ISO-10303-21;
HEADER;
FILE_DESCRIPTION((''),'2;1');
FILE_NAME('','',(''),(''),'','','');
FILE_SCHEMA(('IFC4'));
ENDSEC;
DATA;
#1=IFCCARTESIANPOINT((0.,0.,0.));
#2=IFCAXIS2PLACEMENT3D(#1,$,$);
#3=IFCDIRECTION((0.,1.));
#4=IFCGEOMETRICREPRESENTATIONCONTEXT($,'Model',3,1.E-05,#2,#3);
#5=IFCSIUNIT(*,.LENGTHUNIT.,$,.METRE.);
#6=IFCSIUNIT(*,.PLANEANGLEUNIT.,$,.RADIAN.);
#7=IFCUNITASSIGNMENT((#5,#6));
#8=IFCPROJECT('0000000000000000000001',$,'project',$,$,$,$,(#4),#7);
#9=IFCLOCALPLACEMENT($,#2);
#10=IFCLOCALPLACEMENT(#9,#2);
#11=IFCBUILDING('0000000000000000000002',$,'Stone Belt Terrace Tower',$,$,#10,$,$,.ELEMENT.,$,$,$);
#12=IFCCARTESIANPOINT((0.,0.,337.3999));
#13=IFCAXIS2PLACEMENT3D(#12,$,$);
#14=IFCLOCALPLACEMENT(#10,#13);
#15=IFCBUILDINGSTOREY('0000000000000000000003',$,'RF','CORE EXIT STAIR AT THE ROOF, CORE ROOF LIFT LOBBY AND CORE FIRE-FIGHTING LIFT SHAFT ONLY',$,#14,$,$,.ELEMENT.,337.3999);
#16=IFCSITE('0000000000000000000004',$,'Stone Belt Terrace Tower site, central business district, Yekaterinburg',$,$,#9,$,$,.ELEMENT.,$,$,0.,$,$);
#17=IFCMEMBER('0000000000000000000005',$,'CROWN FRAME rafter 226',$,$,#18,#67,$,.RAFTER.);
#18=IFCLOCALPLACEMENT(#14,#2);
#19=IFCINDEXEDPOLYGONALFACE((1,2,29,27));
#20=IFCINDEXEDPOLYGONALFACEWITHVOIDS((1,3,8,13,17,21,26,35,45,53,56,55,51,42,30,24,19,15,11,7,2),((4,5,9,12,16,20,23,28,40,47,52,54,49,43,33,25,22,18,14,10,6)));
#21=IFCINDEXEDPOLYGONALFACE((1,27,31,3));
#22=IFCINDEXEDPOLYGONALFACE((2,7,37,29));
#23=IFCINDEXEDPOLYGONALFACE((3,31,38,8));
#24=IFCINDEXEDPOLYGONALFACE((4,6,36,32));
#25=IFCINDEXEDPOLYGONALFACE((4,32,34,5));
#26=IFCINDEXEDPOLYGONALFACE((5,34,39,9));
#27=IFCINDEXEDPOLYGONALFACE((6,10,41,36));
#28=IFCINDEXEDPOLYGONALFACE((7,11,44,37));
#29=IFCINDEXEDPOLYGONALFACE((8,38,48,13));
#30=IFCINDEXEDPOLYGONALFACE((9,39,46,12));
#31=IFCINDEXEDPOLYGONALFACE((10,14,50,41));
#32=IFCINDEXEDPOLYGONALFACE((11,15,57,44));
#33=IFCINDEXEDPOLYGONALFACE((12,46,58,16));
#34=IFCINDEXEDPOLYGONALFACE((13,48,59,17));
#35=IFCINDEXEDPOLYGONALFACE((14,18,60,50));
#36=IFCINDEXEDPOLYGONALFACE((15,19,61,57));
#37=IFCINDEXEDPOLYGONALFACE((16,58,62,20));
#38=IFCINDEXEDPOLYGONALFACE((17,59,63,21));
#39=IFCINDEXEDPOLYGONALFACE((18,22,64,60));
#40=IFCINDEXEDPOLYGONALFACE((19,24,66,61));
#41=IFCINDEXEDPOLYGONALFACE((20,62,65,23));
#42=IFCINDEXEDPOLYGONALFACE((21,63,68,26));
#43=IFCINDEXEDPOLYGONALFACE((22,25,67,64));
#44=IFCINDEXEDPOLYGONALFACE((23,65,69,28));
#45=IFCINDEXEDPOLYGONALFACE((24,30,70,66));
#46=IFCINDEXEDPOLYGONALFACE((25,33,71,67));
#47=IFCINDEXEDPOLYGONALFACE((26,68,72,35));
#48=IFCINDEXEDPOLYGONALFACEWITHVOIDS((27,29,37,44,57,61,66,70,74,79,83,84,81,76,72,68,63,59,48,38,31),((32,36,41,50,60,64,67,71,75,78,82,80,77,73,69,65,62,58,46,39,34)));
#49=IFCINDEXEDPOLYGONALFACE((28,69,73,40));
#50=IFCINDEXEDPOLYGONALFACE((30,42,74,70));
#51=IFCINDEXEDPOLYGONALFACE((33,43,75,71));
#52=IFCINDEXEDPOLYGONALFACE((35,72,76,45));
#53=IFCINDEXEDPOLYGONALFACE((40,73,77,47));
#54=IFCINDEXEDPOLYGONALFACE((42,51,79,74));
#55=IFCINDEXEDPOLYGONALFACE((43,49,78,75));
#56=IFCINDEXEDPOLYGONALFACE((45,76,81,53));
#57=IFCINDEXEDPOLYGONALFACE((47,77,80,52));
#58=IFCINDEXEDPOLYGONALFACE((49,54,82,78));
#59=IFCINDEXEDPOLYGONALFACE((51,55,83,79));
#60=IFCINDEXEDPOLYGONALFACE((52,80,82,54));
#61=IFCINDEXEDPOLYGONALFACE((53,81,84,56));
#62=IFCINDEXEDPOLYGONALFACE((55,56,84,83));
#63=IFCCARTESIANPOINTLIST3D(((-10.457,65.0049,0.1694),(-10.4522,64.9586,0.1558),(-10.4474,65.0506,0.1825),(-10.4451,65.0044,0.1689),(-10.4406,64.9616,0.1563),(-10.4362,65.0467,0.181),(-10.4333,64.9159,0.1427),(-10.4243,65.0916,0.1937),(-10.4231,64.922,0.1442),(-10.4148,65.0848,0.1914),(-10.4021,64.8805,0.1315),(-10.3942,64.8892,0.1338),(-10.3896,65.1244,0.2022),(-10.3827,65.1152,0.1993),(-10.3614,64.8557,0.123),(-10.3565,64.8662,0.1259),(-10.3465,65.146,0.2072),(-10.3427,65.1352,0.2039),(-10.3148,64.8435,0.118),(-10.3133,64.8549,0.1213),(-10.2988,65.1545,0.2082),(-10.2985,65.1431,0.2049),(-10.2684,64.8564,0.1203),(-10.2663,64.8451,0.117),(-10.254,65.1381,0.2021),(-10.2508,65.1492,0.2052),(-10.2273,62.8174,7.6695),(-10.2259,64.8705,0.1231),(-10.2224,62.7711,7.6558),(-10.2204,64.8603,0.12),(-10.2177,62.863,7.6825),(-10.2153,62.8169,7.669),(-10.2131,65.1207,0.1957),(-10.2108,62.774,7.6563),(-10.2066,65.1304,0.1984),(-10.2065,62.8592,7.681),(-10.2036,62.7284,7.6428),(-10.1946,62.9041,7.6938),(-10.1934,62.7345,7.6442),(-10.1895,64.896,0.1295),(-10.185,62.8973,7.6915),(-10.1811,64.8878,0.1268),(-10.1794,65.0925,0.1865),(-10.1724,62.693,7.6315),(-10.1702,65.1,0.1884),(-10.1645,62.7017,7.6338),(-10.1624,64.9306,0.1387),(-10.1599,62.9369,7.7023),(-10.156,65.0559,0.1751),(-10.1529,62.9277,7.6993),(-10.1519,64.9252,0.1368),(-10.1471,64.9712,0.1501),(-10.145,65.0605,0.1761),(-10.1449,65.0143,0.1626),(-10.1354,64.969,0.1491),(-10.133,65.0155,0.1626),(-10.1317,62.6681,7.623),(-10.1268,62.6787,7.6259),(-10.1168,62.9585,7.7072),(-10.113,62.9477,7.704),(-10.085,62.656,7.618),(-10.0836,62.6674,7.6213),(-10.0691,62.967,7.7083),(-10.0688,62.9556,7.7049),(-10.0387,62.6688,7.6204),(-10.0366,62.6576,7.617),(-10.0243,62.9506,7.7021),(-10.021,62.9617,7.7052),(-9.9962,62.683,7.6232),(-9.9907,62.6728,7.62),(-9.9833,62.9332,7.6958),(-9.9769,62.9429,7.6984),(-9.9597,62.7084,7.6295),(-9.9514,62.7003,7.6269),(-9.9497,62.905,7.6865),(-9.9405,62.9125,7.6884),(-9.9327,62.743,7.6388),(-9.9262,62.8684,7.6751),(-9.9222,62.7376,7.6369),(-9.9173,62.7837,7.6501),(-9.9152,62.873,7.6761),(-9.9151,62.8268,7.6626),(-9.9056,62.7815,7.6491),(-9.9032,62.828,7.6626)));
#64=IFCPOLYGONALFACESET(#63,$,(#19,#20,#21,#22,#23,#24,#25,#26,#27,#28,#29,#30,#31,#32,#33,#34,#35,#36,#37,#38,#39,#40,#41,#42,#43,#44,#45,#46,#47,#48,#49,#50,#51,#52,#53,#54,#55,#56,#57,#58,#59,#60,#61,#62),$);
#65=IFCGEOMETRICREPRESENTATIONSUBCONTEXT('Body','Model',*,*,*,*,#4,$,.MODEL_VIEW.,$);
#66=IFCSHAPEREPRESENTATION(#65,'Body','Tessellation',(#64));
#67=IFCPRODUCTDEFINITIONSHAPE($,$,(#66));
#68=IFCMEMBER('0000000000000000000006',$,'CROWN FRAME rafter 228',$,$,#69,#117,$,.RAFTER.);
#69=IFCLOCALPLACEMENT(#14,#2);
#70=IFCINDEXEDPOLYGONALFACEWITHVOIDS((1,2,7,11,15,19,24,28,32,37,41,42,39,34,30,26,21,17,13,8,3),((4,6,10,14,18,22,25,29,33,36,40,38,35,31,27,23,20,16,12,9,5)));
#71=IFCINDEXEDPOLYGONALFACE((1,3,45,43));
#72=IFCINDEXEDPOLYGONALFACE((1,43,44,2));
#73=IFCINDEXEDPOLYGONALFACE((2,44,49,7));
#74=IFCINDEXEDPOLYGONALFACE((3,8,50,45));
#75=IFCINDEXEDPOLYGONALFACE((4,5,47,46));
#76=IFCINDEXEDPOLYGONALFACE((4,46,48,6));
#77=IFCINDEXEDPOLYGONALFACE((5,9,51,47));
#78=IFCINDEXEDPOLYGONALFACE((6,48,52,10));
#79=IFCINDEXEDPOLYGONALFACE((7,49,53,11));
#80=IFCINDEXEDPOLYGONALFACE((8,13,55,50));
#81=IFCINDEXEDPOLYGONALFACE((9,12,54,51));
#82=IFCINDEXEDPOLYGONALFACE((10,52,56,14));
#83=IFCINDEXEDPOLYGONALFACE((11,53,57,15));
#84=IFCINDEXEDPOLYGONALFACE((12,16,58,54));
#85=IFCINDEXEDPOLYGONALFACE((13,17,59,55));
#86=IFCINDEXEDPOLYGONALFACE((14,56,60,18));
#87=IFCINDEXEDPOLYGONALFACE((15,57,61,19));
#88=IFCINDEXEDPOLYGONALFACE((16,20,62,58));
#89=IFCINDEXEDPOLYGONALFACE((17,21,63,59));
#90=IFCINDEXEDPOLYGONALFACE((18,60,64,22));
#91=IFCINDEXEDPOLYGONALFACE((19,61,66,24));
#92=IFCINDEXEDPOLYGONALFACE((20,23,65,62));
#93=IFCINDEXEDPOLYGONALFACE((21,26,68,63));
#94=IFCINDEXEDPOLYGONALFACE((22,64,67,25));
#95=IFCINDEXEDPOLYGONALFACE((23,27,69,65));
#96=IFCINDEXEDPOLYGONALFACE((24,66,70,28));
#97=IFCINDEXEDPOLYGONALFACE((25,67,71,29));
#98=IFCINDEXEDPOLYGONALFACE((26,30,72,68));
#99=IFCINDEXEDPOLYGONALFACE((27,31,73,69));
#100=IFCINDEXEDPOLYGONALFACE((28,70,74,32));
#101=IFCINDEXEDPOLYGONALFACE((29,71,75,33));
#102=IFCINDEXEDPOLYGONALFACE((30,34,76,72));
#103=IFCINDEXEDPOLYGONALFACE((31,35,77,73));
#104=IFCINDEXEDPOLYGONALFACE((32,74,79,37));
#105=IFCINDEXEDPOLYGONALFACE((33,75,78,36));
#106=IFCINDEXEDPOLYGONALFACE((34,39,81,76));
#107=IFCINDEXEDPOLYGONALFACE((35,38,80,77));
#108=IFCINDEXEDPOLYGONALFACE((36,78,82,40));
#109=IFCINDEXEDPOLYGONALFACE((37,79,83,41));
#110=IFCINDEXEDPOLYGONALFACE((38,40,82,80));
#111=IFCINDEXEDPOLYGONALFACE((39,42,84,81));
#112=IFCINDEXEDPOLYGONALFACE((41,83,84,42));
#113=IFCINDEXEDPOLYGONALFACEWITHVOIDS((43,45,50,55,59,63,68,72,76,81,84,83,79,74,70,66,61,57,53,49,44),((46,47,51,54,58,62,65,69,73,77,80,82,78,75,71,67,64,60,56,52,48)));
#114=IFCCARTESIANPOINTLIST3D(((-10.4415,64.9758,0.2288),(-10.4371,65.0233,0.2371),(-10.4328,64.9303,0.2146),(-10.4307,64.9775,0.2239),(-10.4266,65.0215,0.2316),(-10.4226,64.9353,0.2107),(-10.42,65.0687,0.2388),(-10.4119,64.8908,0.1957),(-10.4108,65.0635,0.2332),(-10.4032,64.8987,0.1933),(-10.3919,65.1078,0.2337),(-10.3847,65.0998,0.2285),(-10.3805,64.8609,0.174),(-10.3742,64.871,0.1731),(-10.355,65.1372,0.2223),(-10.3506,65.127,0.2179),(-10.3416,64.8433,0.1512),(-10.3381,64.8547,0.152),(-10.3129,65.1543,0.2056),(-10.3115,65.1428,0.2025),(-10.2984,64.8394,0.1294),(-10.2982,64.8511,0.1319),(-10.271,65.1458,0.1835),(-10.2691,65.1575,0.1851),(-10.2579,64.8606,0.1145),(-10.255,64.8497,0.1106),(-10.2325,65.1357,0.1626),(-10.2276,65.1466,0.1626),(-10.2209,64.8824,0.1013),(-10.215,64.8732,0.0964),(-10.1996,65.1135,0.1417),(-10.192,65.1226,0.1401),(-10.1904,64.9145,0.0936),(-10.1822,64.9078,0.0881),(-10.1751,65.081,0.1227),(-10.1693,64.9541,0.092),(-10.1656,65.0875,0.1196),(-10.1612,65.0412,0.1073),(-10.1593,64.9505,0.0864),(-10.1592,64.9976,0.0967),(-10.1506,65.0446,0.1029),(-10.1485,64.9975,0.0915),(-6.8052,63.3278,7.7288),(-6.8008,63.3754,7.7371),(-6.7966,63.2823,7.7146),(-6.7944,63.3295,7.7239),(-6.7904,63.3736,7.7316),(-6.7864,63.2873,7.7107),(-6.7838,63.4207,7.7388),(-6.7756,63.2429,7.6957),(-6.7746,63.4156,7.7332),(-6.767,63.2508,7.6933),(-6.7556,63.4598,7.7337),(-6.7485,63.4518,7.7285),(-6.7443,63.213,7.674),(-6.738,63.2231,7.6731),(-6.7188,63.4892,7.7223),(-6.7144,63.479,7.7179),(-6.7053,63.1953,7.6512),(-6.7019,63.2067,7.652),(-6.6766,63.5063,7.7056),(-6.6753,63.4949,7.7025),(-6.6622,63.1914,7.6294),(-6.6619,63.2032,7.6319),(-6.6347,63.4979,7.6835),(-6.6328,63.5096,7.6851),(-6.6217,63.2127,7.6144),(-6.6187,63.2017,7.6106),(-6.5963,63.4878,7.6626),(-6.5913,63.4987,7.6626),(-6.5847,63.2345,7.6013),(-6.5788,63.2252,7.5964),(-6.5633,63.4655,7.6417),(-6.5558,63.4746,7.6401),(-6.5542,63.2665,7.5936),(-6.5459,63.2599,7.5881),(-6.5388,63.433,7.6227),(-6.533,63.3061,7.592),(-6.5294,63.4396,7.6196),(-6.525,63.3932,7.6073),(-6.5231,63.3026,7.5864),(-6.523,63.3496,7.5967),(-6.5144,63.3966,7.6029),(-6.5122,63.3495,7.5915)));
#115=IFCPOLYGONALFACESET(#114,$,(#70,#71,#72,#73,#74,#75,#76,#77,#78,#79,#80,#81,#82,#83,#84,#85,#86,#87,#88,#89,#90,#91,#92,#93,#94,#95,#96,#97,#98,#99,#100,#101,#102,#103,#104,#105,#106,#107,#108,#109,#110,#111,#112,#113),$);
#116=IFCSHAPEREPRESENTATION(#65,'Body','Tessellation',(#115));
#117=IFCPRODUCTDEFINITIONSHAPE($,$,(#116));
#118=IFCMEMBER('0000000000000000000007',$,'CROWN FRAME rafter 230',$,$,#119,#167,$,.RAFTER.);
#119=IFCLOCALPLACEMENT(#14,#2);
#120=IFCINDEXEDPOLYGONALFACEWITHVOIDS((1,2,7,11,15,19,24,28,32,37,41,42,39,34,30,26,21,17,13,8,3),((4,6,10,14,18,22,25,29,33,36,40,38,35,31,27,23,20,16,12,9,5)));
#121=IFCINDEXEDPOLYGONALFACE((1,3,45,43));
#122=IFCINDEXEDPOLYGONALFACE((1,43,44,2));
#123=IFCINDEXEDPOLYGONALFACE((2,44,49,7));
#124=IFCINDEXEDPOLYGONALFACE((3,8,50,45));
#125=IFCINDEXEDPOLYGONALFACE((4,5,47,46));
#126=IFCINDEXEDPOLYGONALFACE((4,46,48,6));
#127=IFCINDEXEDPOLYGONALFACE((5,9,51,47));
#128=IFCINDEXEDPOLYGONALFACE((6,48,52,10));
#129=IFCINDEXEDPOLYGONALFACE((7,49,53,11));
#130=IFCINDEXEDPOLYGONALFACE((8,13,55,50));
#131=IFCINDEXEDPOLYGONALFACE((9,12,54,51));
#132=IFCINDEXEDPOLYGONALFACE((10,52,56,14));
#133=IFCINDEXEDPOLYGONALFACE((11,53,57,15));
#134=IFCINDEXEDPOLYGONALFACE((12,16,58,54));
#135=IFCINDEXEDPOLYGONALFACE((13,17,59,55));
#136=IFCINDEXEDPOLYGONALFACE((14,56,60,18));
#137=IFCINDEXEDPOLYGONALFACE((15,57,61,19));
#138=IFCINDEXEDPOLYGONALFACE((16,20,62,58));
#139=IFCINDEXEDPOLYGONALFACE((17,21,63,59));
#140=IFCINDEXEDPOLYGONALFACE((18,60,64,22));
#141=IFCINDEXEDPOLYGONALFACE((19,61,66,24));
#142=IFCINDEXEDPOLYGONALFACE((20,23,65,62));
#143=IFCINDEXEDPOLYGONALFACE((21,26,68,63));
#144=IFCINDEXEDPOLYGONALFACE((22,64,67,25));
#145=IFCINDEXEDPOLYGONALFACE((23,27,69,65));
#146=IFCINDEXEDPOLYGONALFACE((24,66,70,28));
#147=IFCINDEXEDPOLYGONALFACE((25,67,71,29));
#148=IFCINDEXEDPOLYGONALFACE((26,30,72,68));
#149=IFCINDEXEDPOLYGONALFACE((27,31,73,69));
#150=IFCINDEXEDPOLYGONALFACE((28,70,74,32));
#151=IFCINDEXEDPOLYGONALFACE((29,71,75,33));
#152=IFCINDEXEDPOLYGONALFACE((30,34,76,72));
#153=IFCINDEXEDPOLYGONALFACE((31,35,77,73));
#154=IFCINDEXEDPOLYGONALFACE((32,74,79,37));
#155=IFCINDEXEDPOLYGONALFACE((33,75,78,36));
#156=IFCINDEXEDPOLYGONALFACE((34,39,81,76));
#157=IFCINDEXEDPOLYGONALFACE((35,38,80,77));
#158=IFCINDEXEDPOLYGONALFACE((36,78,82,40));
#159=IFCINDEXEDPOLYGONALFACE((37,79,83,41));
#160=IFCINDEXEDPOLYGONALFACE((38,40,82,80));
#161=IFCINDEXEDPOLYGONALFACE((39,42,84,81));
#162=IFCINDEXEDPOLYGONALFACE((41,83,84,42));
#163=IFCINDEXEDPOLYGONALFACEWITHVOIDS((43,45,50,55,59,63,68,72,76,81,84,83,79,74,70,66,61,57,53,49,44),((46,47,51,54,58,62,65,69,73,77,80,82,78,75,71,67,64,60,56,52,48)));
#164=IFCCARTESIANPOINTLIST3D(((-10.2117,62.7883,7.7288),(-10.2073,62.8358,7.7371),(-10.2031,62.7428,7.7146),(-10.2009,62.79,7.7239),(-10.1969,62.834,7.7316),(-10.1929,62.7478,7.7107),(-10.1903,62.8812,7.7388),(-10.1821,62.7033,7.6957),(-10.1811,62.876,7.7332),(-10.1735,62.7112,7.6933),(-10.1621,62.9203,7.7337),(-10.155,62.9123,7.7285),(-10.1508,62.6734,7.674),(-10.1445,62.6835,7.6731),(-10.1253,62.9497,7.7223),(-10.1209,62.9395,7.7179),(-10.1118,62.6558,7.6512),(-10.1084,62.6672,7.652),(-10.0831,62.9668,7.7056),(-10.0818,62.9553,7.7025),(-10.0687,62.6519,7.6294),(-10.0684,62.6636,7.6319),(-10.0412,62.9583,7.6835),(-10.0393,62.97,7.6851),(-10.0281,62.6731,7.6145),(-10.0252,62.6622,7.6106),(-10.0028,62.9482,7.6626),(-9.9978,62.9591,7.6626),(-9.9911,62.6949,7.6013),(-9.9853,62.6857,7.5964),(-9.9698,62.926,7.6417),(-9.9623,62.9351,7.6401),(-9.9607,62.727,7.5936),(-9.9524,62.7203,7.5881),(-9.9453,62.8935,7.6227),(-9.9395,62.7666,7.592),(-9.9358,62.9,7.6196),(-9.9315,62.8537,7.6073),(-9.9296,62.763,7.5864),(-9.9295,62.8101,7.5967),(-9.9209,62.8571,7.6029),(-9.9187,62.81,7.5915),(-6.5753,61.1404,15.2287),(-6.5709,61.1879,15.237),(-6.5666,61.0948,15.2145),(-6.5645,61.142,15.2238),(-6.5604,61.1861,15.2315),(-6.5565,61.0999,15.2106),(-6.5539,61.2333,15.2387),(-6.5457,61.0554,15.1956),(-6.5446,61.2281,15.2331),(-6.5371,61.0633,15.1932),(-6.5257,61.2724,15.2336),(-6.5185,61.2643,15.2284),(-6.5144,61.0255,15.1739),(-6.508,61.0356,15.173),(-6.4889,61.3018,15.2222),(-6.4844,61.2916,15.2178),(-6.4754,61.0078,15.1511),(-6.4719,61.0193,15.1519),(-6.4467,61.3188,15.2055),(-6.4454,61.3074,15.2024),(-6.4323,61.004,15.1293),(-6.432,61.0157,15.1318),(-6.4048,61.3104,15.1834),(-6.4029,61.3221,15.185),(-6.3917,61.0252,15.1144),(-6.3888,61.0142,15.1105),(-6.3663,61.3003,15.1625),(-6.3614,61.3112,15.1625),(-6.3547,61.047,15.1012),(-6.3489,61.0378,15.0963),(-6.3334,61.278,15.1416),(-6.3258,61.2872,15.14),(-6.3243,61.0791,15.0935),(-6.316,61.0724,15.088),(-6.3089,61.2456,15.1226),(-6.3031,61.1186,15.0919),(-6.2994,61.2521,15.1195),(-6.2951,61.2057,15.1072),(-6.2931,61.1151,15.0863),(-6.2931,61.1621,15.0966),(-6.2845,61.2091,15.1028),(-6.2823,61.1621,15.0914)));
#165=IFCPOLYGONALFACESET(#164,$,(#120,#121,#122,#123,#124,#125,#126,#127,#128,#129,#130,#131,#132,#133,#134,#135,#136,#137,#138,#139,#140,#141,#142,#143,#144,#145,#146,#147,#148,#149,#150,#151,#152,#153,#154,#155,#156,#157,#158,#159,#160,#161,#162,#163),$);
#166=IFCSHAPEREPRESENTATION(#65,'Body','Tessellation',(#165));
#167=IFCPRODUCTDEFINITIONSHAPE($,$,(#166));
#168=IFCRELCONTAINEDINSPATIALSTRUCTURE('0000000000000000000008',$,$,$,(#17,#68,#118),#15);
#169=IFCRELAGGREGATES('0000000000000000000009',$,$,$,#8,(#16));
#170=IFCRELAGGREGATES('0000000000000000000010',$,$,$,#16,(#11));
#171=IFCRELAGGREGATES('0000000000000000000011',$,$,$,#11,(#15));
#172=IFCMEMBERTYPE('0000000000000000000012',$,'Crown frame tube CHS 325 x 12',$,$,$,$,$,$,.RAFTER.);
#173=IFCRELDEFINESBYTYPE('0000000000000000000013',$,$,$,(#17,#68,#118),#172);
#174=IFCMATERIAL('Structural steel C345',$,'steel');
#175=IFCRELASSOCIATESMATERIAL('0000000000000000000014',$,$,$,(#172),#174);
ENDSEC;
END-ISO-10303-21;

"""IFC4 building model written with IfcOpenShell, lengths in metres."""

from ifc_helpers import new_model, si_unit, direction, frame, origin, origin_2d, place, context, subcontext, project, spatial, hollow_circle, extrude, material, material_profile, profile_set, type_object, element, save


model = new_model("IFC4")

# Units and contexts
model_context = context("Model", 3, precision=1e-05, world=origin(), true_north=direction((0.0, 1.0)))
body_context = subcontext(model_context, "Body", "Model", "MODEL_VIEW")
ifc_project = project(units=[si_unit("LENGTHUNIT", "METRE"), si_unit("PLANEANGLEUNIT", "RADIAN")], contexts=[model_context])

# Site, building, storey
site_placement = place(None, origin())
site = spatial("IfcSite", under=ifc_project, at=site_placement, Name="Stone Belt Terrace Tower site, central business district, Yekaterinburg", CompositionType="ELEMENT", RefElevation=0.0)
building_placement = place(site_placement, origin())
building = spatial("IfcBuilding", under=site, at=building_placement, Name="Stone Belt Terrace Tower", CompositionType="ELEMENT")
storey_placement = place(building_placement, frame((0.0, 0.0, 337.3999)))
storey = spatial("IfcBuildingStorey", under=building, at=storey_placement, Name="RF", Description="CORE EXIT STAIR AT THE ROOF, CORE ROOF LIFT LOBBY AND CORE FIRE-FIGHTING LIFT SHAFT ONLY", CompositionType="ELEMENT", Elevation=337.3999)

# Members
ifc_material_1 = material(Name="Structural steel C345", Category="steel")
ifc_material_profile_1 = material_profile(ifc_material_1, hollow_circle(Radius=0.1626, WallThickness=0.012, at=origin_2d()), Name="Structural steel C345 CHS 325x12")
ifc_profile_set_1 = profile_set([ifc_material_profile_1], Name="Structural steel C345")
member_type_1 = type_object("IfcMemberType", Name="Crown frame tube CHS 325 x 12", PredefinedType="RAFTER", material=ifc_profile_set_1)
member_1_placement = place(storey_placement, frame((-10.2947, 64.9985, 0.1626), z_axis=(0.029394, -0.279879, 0.959585), x_axis=(0.99453, 0.104448, 0.0)))
element("IfcMember", 1, at=member_1_placement, inside=storey, type_object=member_type_1, Name="CROWN FRAME rafter 226", PredefinedType="RAFTER", context=body_context, shape_type="SweptSolid", body=[
    extrude(hollow_circle(Radius=0.1626, WallThickness=0.012, at=origin_2d()), origin(), (0.0, 0.0, 1.0), 7.8159),
])
for number, where, z_axis, x_axis, name in (
    (2, (-10.2947, 64.9985, 0.1626), (0.427976, -0.19396, 0.882732), (0.412789, 0.910827, 0.0), "CROWN FRAME rafter 228"),
    (3, (-10.0649, 62.811, 7.6626), (0.427999, -0.193957, 0.882721), (0.412766, 0.910837, 0.0), "CROWN FRAME rafter 230"),
):
    element("IfcMember", number, at=place(storey_placement, frame(where, z_axis=z_axis, x_axis=x_axis)), inside=storey, type_object=member_type_1, Name=name, PredefinedType="RAFTER", context=body_context, shape_type="SweptSolid", body=[
        extrude(hollow_circle(Radius=0.1626, WallThickness=0.012, at=origin_2d()), origin(), (0.0, 0.0, 1.0), 8.4963),
    ])

save(model, "model.ifc")
